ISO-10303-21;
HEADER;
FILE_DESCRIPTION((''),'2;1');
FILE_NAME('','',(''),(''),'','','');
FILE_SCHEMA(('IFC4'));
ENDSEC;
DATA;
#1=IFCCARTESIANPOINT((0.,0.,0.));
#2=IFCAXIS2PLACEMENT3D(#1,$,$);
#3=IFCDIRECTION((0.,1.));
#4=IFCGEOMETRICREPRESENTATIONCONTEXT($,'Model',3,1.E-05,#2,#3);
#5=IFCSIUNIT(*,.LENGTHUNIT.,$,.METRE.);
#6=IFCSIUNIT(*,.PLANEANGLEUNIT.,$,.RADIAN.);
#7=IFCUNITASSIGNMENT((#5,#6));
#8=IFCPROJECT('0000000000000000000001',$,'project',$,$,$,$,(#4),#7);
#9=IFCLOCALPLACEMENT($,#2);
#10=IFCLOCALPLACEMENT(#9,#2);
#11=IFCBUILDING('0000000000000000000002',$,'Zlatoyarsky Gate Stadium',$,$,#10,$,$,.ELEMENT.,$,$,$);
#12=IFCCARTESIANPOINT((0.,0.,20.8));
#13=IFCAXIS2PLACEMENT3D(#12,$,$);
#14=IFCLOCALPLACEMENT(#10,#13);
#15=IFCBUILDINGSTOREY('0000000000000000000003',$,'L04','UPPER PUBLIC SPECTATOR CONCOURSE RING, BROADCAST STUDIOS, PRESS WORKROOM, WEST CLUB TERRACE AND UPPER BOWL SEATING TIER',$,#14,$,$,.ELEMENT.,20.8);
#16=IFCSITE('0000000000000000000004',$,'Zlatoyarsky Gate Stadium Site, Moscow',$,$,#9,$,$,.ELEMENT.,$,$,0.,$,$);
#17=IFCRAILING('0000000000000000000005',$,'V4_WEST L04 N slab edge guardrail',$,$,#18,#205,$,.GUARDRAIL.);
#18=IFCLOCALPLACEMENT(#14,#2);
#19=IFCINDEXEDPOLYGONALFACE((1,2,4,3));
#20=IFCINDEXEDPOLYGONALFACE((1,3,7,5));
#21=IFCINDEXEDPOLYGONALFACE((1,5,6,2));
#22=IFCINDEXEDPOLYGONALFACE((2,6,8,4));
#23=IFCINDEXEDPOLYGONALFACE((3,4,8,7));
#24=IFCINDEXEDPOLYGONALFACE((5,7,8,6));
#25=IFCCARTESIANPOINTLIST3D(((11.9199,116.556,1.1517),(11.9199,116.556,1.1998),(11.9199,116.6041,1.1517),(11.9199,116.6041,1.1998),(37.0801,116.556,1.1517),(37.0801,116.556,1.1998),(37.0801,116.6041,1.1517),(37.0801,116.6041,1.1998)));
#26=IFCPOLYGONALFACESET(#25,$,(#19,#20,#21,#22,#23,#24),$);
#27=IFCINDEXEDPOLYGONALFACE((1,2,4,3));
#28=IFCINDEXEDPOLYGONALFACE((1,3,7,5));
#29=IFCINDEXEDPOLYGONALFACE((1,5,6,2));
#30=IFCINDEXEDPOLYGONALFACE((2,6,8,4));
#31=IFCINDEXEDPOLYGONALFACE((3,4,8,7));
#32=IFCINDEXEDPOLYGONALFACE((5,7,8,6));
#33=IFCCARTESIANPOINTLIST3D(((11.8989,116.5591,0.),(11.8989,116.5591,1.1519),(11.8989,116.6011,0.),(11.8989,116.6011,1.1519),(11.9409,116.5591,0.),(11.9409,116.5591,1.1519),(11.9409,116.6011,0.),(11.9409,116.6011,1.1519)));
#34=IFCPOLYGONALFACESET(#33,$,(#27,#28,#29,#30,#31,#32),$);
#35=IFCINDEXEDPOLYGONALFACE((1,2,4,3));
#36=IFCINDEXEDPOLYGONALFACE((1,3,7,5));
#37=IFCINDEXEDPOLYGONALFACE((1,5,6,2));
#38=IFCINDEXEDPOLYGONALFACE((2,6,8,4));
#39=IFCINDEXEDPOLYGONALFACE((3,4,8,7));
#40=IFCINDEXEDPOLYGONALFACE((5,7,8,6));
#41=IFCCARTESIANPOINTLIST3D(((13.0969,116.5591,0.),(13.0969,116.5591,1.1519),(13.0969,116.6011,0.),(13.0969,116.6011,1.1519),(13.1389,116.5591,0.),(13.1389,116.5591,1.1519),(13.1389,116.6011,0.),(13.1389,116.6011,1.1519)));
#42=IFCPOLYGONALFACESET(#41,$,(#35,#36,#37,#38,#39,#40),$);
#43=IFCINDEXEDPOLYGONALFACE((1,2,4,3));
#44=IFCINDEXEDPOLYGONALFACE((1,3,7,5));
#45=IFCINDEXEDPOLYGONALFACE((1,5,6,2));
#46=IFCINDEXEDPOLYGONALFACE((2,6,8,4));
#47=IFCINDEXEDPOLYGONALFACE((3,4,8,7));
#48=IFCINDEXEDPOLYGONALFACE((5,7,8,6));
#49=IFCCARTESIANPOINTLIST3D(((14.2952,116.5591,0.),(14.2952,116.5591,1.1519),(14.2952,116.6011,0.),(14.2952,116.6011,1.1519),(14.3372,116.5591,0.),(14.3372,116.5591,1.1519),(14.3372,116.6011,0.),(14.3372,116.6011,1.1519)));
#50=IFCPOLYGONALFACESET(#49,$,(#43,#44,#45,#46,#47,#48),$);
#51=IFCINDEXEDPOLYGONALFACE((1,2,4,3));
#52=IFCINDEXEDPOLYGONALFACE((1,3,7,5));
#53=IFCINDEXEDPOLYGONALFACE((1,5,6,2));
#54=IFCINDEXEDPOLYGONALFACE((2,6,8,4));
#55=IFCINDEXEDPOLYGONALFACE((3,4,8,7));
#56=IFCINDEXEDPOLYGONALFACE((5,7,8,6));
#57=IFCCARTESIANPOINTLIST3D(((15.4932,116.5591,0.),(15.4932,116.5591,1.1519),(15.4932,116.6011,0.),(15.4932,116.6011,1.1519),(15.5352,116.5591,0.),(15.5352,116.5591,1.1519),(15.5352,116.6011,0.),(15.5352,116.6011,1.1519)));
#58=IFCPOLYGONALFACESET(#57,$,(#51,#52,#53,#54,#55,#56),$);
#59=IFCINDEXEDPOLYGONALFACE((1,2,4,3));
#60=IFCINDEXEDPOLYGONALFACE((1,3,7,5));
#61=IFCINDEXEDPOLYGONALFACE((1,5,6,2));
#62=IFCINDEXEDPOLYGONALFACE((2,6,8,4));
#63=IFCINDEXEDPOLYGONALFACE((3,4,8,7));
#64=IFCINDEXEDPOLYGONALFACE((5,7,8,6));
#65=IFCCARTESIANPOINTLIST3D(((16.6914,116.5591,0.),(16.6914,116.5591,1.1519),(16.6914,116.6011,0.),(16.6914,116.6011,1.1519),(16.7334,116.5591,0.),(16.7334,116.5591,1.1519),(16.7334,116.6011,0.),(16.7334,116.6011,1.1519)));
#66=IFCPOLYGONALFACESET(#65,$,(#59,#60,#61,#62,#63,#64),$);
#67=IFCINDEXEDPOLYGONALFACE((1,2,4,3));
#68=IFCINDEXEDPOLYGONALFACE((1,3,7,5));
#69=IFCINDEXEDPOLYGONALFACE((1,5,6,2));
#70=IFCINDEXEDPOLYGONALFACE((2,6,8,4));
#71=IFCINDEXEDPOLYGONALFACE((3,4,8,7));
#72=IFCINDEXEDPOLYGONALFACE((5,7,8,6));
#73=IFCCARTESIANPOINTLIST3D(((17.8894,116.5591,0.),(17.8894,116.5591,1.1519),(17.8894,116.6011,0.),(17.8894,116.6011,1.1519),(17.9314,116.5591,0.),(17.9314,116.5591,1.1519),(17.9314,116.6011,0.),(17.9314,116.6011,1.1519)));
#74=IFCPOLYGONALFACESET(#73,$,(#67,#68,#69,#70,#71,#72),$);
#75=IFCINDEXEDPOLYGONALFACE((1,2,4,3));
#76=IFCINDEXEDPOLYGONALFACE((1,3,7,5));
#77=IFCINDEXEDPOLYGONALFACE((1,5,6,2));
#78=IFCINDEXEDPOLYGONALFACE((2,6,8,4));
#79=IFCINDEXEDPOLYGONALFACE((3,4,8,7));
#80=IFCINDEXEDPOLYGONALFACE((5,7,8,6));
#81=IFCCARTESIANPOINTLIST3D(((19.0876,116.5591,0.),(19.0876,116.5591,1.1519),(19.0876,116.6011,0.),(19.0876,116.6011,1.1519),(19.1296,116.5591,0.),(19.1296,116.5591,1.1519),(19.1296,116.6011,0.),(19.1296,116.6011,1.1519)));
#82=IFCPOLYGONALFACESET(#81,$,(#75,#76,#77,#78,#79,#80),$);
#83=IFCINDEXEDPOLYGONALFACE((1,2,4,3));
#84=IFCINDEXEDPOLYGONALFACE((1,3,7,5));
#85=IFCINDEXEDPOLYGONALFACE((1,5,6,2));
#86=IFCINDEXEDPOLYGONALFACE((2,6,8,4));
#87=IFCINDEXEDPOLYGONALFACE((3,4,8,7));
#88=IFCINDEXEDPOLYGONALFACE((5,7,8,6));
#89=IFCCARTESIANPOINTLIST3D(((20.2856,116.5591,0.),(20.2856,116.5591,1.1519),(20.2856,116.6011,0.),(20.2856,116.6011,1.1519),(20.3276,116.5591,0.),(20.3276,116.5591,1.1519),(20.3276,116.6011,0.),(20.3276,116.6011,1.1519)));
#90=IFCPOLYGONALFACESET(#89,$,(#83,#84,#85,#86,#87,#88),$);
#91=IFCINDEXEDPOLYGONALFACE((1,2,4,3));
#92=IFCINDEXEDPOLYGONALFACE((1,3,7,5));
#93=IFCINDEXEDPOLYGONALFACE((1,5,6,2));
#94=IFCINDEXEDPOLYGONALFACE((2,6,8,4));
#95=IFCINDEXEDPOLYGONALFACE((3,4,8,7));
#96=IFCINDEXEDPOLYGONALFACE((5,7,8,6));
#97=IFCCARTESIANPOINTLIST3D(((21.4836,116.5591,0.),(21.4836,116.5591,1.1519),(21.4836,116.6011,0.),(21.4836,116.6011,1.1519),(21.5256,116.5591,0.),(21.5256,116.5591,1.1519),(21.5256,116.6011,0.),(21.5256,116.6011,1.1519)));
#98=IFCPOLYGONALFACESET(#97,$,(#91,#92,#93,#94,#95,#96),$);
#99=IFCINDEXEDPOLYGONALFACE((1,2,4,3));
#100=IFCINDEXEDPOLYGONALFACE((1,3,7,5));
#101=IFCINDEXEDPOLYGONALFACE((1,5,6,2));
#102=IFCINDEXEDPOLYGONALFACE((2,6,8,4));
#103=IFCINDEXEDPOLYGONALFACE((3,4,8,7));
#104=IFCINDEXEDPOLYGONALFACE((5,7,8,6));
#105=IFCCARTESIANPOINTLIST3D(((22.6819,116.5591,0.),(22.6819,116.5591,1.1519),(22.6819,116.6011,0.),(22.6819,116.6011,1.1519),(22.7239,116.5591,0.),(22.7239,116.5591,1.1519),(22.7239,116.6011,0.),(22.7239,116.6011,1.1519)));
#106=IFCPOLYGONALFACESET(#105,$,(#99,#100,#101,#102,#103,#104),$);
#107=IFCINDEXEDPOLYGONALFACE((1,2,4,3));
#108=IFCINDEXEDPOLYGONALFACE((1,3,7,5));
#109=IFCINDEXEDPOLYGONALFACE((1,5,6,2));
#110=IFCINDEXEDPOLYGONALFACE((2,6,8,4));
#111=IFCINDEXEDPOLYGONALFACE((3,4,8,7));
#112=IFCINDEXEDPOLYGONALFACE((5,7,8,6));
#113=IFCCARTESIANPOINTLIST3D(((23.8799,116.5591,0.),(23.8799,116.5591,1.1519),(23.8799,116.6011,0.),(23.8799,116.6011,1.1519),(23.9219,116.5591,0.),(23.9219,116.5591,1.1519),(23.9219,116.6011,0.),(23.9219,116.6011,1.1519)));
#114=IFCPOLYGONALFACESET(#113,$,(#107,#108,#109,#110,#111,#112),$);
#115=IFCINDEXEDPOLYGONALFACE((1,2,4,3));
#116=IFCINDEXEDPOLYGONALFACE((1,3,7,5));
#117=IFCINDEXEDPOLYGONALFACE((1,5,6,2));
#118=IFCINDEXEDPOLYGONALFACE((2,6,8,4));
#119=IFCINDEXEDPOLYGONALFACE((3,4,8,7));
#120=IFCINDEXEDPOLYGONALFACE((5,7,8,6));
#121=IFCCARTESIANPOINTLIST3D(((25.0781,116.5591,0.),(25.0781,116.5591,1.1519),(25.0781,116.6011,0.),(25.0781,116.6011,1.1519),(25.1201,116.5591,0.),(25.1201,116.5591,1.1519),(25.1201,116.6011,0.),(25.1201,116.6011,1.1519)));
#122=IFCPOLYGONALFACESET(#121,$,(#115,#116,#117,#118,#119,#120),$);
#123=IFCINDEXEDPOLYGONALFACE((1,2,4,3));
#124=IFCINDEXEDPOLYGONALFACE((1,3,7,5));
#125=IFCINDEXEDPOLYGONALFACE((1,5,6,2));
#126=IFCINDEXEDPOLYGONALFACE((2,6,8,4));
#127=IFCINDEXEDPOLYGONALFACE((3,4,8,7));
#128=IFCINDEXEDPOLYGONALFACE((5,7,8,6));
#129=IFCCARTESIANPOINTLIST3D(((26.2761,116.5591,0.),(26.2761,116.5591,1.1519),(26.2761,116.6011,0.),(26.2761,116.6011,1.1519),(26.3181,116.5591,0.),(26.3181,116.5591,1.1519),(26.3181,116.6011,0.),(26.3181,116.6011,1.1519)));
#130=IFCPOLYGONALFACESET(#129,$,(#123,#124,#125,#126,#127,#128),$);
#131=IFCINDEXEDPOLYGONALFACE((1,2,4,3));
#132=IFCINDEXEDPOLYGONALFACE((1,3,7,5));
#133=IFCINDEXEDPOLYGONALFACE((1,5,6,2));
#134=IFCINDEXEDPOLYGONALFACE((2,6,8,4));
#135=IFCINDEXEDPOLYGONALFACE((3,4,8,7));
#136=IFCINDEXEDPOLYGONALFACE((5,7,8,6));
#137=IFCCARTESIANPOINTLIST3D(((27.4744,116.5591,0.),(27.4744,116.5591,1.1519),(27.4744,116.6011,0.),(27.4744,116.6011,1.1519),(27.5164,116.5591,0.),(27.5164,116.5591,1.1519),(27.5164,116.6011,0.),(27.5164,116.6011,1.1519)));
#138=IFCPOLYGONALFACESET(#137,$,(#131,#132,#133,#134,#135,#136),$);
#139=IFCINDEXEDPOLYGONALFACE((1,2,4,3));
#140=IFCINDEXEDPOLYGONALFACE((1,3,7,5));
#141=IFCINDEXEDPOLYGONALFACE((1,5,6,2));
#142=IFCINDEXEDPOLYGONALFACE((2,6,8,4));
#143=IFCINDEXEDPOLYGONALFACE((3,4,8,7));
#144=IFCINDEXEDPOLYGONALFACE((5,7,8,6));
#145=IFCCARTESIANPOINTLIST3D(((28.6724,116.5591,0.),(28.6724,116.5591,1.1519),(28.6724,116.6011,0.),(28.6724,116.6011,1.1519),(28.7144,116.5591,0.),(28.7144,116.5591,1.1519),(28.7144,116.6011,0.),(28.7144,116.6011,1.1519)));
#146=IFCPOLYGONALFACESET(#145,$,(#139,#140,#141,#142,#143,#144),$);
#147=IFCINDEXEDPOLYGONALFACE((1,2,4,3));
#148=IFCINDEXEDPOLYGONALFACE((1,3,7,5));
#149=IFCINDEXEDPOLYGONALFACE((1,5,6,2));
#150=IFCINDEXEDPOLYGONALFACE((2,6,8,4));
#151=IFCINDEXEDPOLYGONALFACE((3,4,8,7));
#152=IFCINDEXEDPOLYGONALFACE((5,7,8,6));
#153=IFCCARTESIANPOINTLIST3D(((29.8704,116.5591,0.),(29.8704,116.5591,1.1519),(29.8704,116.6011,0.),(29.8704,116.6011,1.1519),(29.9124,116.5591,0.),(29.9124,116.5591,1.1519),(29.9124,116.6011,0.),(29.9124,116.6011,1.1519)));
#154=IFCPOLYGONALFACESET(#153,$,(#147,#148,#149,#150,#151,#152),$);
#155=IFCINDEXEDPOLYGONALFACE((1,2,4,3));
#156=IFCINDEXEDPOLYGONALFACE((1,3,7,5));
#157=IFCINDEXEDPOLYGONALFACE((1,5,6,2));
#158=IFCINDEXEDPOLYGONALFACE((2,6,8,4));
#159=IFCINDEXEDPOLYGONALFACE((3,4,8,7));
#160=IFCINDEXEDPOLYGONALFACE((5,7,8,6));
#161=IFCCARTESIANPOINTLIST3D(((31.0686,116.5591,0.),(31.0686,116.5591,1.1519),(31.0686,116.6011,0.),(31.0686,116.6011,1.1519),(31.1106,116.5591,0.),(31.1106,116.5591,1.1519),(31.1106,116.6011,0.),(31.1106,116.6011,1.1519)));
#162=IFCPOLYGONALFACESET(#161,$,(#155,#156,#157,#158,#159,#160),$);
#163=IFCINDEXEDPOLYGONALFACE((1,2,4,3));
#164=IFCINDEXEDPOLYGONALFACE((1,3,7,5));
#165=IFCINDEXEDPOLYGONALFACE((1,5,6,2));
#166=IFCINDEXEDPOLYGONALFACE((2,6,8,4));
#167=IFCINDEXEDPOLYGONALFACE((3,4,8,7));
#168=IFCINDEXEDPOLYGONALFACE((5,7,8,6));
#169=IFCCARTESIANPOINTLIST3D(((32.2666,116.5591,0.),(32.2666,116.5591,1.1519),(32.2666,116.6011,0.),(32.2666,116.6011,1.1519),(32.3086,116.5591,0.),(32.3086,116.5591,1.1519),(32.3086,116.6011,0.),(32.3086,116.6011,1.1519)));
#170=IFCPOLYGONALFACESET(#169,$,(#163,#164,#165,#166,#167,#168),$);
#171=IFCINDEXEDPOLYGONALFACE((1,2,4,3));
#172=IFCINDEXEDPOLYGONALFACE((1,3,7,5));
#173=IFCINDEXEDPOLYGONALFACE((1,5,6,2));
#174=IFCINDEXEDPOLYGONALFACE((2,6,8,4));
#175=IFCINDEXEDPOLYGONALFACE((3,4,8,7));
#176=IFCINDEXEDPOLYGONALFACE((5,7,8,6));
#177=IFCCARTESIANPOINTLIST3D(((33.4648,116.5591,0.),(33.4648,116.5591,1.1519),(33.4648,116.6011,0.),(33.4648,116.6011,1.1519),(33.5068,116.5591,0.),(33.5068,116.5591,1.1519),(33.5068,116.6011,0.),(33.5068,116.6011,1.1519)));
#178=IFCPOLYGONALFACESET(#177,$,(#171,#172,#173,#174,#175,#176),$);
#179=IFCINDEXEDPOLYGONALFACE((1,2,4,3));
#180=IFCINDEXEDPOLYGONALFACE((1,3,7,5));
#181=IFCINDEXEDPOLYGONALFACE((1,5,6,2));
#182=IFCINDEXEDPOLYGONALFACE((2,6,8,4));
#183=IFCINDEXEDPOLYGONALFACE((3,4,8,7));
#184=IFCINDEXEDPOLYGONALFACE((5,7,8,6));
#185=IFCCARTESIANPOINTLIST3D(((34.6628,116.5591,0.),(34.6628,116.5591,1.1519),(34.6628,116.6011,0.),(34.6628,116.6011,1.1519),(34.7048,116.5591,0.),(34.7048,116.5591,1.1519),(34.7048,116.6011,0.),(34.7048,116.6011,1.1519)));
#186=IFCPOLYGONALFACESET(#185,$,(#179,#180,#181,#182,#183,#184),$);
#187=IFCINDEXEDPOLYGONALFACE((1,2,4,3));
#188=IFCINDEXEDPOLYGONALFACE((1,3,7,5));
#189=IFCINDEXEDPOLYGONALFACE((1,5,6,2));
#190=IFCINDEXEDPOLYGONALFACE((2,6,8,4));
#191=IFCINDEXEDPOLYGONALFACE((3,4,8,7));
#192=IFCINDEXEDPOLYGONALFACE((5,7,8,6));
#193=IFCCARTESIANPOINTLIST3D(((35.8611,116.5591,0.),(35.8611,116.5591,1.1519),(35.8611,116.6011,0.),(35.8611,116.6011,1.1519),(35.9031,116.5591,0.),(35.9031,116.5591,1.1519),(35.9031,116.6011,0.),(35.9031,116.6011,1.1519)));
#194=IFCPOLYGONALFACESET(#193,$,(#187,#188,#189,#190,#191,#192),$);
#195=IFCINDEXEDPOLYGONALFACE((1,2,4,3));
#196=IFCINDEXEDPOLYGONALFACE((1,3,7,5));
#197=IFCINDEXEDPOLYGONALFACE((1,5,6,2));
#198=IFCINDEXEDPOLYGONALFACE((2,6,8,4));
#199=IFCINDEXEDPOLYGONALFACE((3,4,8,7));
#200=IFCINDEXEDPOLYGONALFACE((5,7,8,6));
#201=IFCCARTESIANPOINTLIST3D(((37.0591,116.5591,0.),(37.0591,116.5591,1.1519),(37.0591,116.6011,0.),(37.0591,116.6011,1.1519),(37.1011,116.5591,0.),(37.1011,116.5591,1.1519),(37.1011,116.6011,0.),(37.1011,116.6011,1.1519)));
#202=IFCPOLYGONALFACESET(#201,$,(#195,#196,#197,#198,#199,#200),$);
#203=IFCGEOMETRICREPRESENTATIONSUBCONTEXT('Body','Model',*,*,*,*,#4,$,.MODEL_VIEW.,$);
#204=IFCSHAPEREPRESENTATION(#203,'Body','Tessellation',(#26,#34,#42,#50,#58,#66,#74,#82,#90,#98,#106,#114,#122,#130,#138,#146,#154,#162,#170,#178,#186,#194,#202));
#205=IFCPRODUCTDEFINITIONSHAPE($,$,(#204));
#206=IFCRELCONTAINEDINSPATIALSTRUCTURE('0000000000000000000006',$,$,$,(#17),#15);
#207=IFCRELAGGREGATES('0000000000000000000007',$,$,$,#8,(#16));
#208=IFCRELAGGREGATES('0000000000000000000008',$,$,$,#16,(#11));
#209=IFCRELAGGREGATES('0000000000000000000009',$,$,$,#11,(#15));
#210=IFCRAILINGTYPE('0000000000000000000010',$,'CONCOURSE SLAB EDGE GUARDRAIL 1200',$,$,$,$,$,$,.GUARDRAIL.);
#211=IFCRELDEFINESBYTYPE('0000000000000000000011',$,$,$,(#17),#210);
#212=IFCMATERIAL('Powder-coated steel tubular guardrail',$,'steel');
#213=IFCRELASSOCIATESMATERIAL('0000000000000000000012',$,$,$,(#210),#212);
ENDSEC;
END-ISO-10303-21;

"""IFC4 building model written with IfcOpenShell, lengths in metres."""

from ifc_helpers import new_model, si_unit, direction, frame, origin, origin_2d, place, context, subcontext, project, spatial, rectangle, extrude, material, type_object, element, save


model = new_model("IFC4")

# Units and contexts
model_context = context("Model", 3, precision=1e-05, world=origin(), true_north=direction((0.0, 1.0)))
body_context = subcontext(model_context, "Body", "Model", "MODEL_VIEW")
ifc_project = project(units=[si_unit("LENGTHUNIT", "METRE"), si_unit("PLANEANGLEUNIT", "RADIAN")], contexts=[model_context])

# Site, building, storey
site_placement = place(None, origin())
site = spatial("IfcSite", under=ifc_project, at=site_placement, Name="Zlatoyarsky Gate Stadium Site, Moscow", CompositionType="ELEMENT", RefElevation=0.0)
building_placement = place(site_placement, origin())
building = spatial("IfcBuilding", under=site, at=building_placement, Name="Zlatoyarsky Gate Stadium", CompositionType="ELEMENT")
storey_placement = place(building_placement, frame((0.0, 0.0, 20.8)))
storey = spatial("IfcBuildingStorey", under=building, at=storey_placement, Name="L04", Description="UPPER PUBLIC SPECTATOR CONCOURSE RING, BROADCAST STUDIOS, PRESS WORKROOM, WEST CLUB TERRACE AND UPPER BOWL SEATING TIER", CompositionType="ELEMENT", Elevation=20.8)

# Railing
ifc_material_1 = material(Name="Powder-coated steel tubular guardrail", Category="steel")
railing_type = type_object("IfcRailingType", Name="CONCOURSE SLAB EDGE GUARDRAIL 1200", PredefinedType="GUARDRAIL", material=ifc_material_1)
railing_placement = place(storey_placement, frame((11.9199, 116.5801, 0.0)))
element("IfcRailing", 1, at=railing_placement, inside=storey, type_object=railing_type, Name="V4_WEST L04 N slab edge guardrail", PredefinedType="GUARDRAIL", context=body_context, shape_type="SweptSolid", body=[
    extrude(rectangle(XDim=0.0481, YDim=0.0481, at=origin_2d()), frame((0.0, 0.0, 1.1758), z_axis=(1.0, 0.0, 0.0), x_axis=(0.0, 1.0, 0.0)), (0.0, 0.0, 1.0), 25.1602),
    extrude(rectangle(XDim=0.042, YDim=0.042, at=origin_2d()), origin(), (0.0, 0.0, 1.0), 1.1519),
    extrude(rectangle(XDim=0.042, YDim=0.042, at=origin_2d()), frame((1.198, 0.0, 0.0)), (0.0, 0.0, 1.0), 1.1519),
    extrude(rectangle(XDim=0.042, YDim=0.042, at=origin_2d()), frame((2.3962, 0.0, 0.0)), (0.0, 0.0, 1.0), 1.1519),
    extrude(rectangle(XDim=0.042, YDim=0.042, at=origin_2d()), frame((3.5942, 0.0, 0.0)), (0.0, 0.0, 1.0), 1.1519),
    extrude(rectangle(XDim=0.042, YDim=0.042, at=origin_2d()), frame((4.7925, 0.0, 0.0)), (0.0, 0.0, 1.0), 1.1519),
    extrude(rectangle(XDim=0.042, YDim=0.042, at=origin_2d()), frame((5.9905, 0.0, 0.0)), (0.0, 0.0, 1.0), 1.1519),
    extrude(rectangle(XDim=0.042, YDim=0.042, at=origin_2d()), frame((7.1887, 0.0, 0.0)), (0.0, 0.0, 1.0), 1.1519),
    extrude(rectangle(XDim=0.042, YDim=0.042, at=origin_2d()), frame((8.3867, 0.0, 0.0)), (0.0, 0.0, 1.0), 1.1519),
    extrude(rectangle(XDim=0.042, YDim=0.042, at=origin_2d()), frame((9.5847, 0.0, 0.0)), (0.0, 0.0, 1.0), 1.1519),
    extrude(rectangle(XDim=0.042, YDim=0.042, at=origin_2d()), frame((10.783, 0.0, 0.0)), (0.0, 0.0, 1.0), 1.1519),
    extrude(rectangle(XDim=0.042, YDim=0.042, at=origin_2d()), frame((11.981, 0.0, 0.0)), (0.0, 0.0, 1.0), 1.1519),
    extrude(rectangle(XDim=0.042, YDim=0.042, at=origin_2d()), frame((13.1792, 0.0, 0.0)), (0.0, 0.0, 1.0), 1.1519),
    extrude(rectangle(XDim=0.042, YDim=0.042, at=origin_2d()), frame((14.3772, 0.0, 0.0)), (0.0, 0.0, 1.0), 1.1519),
    extrude(rectangle(XDim=0.042, YDim=0.042, at=origin_2d()), frame((15.5754, 0.0, 0.0)), (0.0, 0.0, 1.0), 1.1519),
    extrude(rectangle(XDim=0.042, YDim=0.042, at=origin_2d()), frame((16.7734, 0.0, 0.0)), (0.0, 0.0, 1.0), 1.1519),
    extrude(rectangle(XDim=0.042, YDim=0.042, at=origin_2d()), frame((17.9714, 0.0, 0.0)), (0.0, 0.0, 1.0), 1.1519),
    extrude(rectangle(XDim=0.042, YDim=0.042, at=origin_2d()), frame((19.1697, 0.0, 0.0)), (0.0, 0.0, 1.0), 1.1519),
    extrude(rectangle(XDim=0.042, YDim=0.042, at=origin_2d()), frame((20.3677, 0.0, 0.0)), (0.0, 0.0, 1.0), 1.1519),
    extrude(rectangle(XDim=0.042, YDim=0.042, at=origin_2d()), frame((21.5659, 0.0, 0.0)), (0.0, 0.0, 1.0), 1.1519),
    extrude(rectangle(XDim=0.042, YDim=0.042, at=origin_2d()), frame((22.7639, 0.0, 0.0)), (0.0, 0.0, 1.0), 1.1519),
    extrude(rectangle(XDim=0.042, YDim=0.042, at=origin_2d()), frame((23.9622, 0.0, 0.0)), (0.0, 0.0, 1.0), 1.1519),
    extrude(rectangle(XDim=0.042, YDim=0.042, at=origin_2d()), frame((25.1602, 0.0, 0.0)), (0.0, 0.0, 1.0), 1.1519),
])

save(model, "model.ifc")
